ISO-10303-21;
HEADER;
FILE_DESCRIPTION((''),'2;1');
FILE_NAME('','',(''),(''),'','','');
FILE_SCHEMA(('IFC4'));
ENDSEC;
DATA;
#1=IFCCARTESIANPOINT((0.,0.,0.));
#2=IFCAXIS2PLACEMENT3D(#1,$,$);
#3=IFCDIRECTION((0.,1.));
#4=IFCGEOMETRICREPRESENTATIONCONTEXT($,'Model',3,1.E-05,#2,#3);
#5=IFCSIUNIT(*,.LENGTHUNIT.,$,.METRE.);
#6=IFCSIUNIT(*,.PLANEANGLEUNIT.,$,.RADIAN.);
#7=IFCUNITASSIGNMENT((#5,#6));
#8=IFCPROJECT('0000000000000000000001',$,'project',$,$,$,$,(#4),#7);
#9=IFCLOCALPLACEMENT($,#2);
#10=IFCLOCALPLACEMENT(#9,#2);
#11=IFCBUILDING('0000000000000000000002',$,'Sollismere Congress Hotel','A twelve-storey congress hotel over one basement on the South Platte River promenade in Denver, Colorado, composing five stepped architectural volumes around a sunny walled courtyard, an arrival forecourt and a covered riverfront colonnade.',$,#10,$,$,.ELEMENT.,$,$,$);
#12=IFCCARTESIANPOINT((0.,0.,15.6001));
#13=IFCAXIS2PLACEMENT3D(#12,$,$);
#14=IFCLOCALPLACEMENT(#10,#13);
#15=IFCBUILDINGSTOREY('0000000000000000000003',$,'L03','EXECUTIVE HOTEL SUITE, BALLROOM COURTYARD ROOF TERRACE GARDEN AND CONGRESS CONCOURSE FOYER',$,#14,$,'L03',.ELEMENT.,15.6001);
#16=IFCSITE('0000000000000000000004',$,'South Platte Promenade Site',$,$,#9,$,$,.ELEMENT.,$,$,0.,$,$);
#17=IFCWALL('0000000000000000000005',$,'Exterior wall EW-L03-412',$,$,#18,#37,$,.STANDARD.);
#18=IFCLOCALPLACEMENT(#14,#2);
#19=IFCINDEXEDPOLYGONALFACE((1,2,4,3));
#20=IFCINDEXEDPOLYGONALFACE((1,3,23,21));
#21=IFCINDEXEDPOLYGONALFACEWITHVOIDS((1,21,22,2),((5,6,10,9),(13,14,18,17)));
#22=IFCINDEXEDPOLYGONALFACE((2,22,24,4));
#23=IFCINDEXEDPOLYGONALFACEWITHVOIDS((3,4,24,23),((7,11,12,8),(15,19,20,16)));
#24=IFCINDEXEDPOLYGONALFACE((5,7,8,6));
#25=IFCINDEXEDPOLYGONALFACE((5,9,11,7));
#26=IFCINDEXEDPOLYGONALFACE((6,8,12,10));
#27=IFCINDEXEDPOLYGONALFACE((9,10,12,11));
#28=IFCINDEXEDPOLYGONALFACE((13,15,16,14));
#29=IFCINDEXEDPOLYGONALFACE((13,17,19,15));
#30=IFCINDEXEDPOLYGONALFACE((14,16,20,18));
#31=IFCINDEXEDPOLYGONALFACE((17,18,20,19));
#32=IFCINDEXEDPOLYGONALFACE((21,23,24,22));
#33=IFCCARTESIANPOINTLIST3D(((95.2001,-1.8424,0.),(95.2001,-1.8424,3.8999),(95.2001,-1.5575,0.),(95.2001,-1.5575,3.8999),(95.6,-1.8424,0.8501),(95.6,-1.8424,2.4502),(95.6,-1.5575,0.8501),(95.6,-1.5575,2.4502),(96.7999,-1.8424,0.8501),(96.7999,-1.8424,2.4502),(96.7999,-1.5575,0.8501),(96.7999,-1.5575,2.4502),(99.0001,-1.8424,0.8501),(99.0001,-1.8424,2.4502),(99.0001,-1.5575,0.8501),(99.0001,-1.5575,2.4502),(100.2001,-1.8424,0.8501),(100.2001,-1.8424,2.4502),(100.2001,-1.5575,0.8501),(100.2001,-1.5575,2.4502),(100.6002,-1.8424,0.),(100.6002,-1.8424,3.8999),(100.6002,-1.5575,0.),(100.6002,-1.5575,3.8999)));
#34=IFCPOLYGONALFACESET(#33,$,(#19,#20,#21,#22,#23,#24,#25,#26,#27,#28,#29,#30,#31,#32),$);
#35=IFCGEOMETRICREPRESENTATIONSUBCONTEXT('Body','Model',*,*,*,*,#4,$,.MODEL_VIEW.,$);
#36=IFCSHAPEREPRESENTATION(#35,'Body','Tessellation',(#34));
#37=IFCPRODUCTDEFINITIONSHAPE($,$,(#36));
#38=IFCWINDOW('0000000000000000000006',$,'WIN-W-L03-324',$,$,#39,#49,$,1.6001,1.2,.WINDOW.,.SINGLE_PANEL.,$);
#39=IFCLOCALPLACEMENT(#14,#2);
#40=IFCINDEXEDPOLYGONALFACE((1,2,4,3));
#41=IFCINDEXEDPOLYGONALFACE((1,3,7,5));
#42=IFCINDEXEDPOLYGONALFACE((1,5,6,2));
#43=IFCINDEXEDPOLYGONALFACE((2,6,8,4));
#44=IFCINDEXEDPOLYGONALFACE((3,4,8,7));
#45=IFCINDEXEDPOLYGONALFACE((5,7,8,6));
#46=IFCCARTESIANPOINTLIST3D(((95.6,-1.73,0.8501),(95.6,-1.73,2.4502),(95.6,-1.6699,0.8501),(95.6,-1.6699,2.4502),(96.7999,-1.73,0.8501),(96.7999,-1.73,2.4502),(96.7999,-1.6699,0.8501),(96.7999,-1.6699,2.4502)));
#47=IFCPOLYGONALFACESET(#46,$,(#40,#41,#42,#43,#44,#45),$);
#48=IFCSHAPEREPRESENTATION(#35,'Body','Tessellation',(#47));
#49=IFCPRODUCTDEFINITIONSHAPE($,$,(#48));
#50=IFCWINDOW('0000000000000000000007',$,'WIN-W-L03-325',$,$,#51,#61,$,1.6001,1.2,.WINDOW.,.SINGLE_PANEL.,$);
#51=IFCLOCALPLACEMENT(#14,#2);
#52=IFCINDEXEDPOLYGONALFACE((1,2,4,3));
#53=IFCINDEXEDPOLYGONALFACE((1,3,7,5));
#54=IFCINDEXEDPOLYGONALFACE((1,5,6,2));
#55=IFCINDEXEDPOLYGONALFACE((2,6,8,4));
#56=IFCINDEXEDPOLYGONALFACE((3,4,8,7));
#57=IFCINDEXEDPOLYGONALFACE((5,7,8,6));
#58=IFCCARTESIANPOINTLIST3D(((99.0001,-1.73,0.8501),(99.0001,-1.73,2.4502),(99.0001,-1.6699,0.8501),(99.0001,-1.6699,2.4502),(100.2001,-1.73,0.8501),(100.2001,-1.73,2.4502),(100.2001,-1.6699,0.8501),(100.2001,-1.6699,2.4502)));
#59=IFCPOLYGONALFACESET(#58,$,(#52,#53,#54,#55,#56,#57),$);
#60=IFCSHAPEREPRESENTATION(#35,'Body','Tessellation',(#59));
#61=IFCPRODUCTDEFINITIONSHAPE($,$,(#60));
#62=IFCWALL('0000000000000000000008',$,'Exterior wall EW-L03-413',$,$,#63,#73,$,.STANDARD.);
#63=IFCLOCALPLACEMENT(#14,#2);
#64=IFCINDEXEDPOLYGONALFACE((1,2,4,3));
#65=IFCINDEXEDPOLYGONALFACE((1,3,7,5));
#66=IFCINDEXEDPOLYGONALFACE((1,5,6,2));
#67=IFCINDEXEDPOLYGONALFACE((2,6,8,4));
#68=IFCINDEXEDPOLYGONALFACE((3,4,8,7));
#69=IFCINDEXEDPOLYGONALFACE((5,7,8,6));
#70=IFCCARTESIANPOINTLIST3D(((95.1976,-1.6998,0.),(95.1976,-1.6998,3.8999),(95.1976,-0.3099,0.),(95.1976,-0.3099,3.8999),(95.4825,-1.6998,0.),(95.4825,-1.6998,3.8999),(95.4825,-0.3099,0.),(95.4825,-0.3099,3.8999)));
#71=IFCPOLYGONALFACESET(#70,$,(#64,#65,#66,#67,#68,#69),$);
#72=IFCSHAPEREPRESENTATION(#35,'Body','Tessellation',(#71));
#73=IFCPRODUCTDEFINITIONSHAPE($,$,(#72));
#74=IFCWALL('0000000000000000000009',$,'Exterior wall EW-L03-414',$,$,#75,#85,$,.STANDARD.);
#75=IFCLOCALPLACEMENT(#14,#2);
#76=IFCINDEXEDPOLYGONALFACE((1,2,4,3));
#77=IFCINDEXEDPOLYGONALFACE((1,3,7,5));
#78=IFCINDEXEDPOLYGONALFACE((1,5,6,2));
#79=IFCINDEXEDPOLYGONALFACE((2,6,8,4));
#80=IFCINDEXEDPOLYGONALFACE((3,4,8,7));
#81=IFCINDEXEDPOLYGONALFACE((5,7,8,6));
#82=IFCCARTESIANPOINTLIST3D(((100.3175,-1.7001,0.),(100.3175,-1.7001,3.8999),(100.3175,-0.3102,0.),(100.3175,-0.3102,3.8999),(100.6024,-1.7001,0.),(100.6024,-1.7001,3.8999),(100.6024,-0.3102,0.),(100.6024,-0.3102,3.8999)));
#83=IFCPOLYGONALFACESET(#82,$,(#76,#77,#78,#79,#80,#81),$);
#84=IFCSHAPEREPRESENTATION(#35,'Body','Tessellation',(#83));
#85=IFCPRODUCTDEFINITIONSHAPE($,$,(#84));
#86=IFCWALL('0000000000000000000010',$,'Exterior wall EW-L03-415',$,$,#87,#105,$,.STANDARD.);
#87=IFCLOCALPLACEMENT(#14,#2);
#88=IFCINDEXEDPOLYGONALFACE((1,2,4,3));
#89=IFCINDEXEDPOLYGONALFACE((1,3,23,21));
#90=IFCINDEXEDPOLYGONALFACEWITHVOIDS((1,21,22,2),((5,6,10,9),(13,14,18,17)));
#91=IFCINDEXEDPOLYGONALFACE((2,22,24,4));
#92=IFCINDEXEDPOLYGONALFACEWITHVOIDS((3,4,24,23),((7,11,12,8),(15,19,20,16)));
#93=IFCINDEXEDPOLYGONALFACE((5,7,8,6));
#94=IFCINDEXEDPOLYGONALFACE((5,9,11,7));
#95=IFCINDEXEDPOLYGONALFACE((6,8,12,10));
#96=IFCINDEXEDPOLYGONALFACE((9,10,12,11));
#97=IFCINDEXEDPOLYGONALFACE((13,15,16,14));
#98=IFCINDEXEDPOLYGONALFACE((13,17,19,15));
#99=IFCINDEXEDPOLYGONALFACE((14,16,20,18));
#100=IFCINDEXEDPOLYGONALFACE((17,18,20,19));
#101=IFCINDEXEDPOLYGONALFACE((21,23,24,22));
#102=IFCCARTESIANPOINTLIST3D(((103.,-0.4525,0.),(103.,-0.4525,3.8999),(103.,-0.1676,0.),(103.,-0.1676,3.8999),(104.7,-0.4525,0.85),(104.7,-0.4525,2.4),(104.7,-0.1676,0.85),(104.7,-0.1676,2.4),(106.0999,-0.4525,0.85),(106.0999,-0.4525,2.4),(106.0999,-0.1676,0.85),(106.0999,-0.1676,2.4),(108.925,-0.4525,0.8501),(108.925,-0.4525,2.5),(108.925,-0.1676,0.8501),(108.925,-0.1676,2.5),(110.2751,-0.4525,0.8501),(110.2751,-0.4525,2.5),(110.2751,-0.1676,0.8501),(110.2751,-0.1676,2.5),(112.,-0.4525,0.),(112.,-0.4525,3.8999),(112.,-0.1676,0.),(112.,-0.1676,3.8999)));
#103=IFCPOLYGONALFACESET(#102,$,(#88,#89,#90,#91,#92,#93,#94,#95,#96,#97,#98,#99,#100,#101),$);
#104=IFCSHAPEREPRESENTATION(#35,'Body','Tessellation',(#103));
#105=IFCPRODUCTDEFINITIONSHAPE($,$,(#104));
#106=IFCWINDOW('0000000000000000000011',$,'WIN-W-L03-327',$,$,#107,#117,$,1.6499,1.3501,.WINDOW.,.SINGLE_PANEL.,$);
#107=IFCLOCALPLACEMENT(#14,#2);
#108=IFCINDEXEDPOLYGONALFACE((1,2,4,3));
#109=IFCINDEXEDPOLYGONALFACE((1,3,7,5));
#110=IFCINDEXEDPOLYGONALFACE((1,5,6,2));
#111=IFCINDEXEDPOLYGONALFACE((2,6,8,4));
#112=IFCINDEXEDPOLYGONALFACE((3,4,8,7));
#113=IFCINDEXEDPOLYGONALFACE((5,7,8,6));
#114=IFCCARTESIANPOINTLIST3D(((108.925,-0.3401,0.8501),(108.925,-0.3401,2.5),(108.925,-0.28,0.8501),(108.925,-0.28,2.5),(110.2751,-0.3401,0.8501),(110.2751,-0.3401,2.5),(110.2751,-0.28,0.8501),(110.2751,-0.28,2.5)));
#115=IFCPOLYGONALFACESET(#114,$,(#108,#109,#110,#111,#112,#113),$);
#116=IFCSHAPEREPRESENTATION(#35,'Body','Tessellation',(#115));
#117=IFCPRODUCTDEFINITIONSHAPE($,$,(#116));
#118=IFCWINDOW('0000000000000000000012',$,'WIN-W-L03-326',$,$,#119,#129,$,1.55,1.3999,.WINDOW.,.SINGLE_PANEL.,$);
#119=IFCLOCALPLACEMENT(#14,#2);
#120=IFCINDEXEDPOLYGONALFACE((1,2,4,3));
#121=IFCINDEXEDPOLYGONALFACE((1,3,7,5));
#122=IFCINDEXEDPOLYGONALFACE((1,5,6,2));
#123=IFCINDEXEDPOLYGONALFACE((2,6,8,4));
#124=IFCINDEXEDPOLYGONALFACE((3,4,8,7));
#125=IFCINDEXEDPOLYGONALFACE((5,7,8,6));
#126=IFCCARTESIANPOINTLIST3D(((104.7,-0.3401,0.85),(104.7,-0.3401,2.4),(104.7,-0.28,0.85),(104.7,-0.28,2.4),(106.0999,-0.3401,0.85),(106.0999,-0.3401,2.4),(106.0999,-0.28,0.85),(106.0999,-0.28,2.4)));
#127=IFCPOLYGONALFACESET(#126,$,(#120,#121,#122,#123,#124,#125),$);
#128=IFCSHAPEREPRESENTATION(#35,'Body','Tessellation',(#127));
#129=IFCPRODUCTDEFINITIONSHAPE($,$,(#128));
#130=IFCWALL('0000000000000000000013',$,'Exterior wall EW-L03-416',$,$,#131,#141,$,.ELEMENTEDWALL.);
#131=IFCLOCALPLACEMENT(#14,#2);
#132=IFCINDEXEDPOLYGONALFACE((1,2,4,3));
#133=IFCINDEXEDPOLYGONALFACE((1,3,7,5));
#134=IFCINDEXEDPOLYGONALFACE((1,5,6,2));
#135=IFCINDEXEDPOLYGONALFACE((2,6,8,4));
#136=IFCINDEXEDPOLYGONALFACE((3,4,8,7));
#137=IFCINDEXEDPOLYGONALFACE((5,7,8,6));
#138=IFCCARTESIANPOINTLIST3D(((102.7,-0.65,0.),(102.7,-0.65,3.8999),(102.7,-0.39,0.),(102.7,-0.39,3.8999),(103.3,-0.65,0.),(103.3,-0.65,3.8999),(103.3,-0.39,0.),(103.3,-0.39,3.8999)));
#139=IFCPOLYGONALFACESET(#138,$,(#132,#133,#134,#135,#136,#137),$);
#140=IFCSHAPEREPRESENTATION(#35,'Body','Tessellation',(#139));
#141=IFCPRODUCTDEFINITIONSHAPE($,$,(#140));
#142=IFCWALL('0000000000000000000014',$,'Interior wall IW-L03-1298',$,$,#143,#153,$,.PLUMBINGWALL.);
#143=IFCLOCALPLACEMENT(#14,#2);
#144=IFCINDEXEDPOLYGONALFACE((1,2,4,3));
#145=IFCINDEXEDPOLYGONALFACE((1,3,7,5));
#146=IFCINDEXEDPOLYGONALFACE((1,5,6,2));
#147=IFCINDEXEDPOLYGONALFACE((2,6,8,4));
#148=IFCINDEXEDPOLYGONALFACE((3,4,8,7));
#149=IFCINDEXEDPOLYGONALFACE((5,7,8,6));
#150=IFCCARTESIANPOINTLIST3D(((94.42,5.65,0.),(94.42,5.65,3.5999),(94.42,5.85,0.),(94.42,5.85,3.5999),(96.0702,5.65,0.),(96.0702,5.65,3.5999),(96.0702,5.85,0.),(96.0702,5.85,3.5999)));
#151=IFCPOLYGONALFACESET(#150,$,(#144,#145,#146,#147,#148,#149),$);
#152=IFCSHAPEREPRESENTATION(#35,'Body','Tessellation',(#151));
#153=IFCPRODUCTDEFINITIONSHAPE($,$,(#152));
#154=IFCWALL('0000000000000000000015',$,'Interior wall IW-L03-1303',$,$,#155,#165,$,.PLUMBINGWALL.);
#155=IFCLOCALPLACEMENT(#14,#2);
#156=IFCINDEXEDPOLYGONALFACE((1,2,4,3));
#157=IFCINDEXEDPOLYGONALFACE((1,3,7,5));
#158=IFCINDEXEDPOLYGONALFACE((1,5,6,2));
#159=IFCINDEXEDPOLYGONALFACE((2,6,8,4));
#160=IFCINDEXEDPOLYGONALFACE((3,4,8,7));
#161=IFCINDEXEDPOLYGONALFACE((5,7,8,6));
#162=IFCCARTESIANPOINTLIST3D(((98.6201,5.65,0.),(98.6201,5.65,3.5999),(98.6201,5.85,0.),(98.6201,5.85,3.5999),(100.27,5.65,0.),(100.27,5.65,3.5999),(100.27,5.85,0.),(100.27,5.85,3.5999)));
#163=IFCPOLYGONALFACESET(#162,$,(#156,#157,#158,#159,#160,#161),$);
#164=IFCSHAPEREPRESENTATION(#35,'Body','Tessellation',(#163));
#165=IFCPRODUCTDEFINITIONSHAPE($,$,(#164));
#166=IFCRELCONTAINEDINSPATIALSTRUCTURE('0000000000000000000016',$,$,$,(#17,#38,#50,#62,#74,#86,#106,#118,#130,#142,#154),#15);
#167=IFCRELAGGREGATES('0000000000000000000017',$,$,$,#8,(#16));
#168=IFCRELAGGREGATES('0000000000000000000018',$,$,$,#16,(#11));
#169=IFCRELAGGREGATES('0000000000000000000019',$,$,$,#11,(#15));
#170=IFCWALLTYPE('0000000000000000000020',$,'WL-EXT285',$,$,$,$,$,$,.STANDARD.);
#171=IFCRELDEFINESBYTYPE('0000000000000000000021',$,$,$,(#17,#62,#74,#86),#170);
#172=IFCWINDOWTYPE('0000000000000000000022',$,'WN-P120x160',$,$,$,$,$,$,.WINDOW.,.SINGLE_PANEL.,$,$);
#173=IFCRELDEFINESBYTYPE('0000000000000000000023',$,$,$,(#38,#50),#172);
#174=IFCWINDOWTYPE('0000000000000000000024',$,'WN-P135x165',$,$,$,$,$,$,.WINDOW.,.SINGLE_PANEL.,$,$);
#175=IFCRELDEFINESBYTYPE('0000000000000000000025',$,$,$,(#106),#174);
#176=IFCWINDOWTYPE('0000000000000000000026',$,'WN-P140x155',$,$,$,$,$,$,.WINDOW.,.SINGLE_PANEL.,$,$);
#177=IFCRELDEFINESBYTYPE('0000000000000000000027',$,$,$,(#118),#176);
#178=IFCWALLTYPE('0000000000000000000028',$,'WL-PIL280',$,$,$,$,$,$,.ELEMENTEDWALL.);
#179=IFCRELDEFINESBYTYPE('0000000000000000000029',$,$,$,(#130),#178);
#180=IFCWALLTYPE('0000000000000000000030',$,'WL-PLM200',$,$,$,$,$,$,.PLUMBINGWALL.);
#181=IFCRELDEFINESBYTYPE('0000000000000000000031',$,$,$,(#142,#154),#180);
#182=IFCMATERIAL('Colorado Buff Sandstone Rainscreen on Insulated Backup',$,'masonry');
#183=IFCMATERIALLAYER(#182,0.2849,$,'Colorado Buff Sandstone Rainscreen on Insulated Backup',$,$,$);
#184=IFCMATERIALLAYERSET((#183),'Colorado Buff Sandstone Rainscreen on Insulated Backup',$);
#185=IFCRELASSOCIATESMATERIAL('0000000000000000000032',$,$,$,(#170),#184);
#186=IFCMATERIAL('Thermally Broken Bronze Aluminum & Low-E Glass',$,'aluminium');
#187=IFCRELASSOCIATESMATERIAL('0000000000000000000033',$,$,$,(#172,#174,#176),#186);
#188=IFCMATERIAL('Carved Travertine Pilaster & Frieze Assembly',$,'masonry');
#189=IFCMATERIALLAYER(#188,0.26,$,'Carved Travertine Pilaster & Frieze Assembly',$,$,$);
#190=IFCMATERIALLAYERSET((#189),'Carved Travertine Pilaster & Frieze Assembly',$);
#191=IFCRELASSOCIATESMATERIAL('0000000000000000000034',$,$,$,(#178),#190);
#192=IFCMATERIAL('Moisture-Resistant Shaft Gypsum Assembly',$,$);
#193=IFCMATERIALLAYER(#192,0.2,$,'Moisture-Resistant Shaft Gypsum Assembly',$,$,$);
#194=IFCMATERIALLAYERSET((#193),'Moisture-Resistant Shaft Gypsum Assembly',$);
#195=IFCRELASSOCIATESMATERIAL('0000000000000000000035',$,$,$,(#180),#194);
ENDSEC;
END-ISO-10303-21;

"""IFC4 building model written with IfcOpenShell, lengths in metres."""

from ifc_helpers import new_model, si_unit, direction, frame, frame_2d, origin, place, context, subcontext, project, spatial, rectangle, extrude, material, layer, layer_set, type_object, element, fill, save


model = new_model("IFC4")

# Units and contexts
model_context = context("Model", 3, precision=1e-05, world=origin(), true_north=direction((0.0, 1.0)))
body_context = subcontext(model_context, "Body", "Model", "MODEL_VIEW")
ifc_project = project(units=[si_unit("LENGTHUNIT", "METRE"), si_unit("PLANEANGLEUNIT", "RADIAN")], contexts=[model_context])

# Site, building, storey
site_placement = place(None, origin())
site = spatial("IfcSite", under=ifc_project, at=site_placement, Name="South Platte Promenade Site", CompositionType="ELEMENT", RefElevation=0.0)
building_placement = place(site_placement, origin())
building = spatial("IfcBuilding", under=site, at=building_placement, Name="Sollismere Congress Hotel", Description="A twelve-storey congress hotel over one basement on the South Platte River promenade in Denver, Colorado, composing five stepped architectural volumes around a sunny walled courtyard, an arrival forecourt and a covered riverfront colonnade.", CompositionType="ELEMENT")
storey_placement = place(building_placement, frame((0.0, 0.0, 15.6001)))
storey = spatial("IfcBuildingStorey", under=building, at=storey_placement, Name="L03", Description="EXECUTIVE HOTEL SUITE, BALLROOM COURTYARD ROOF TERRACE GARDEN AND CONGRESS CONCOURSE FOYER", LongName="L03", CompositionType="ELEMENT", Elevation=15.6001)

# Shared definitions
ifc_material_1 = material(Name="Colorado Buff Sandstone Rainscreen on Insulated Backup", Category="masonry")
ifc_layer_1 = layer(ifc_material_1, 0.2849, Name="Colorado Buff Sandstone Rainscreen on Insulated Backup")
ifc_layer_set_1 = layer_set([ifc_layer_1], Name="Colorado Buff Sandstone Rainscreen on Insulated Backup")
wall_type_1 = type_object("IfcWallType", Name="WL-EXT285", PredefinedType="STANDARD", material=ifc_layer_set_1)
ifc_material_2 = material(Name="Thermally Broken Bronze Aluminum & Low-E Glass", Category="aluminium")

# Wall, openings, windows
wall_1_placement = place(storey_placement, frame((95.2, -1.7, 0.0), z_axis=(0.0, 0.0, 1.0), x_axis=(1.0, 0.0, 0.0)))
wall_1 = element("IfcWall", 1, at=wall_1_placement, inside=storey, type_object=wall_type_1, Name="Exterior wall EW-L03-412", PredefinedType="STANDARD", context=body_context, shape_type="SweptSolid", body=[
    extrude(rectangle(XDim=5.4001, YDim=0.2849, at=frame_2d((2.7002, 0.0))), origin(), (0.0, 0.0, 1.0), 3.8999),
])
opening_1_placement = place(wall_1_placement, frame((0.3999, 0.0, 0.8501)))
opening_1 = element("IfcOpeningElement", 2, at=opening_1_placement, cuts=wall_1, PredefinedType="OPENING", context=body_context, shape_type="SweptSolid", body=[
    extrude(rectangle(XDim=1.2, YDim=1.6001, at=frame_2d((0.6001, 0.8))), frame((0.0, 0.1523, 0.0), z_axis=(0.0, -1.0, 0.0), x_axis=(1.0, 0.0, 0.0)), (0.0, 0.0, 1.0), 0.3049),
])
opening_2_placement = place(wall_1_placement, frame((3.8, 0.0, 0.8501)))
opening_2 = element("IfcOpeningElement", 3, at=opening_2_placement, cuts=wall_1, PredefinedType="OPENING", context=body_context, shape_type="SweptSolid", body=[
    extrude(rectangle(XDim=1.2, YDim=1.6001, at=frame_2d((0.6001, 0.8))), frame((0.0, 0.1523, 0.0), z_axis=(0.0, -1.0, 0.0), x_axis=(1.0, 0.0, 0.0)), (0.0, 0.0, 1.0), 0.3049),
])
window_type_1 = type_object("IfcWindowType", Name="WN-P120x160", PartitioningType="SINGLE_PANEL", PredefinedType="WINDOW", material=ifc_material_2)
window_1_placement = place(opening_1_placement, origin())
window_1 = element("IfcWindow", 4, at=window_1_placement, inside=storey, type_object=window_type_1, Name="WIN-W-L03-324", OverallHeight=1.6001, OverallWidth=1.2, PartitioningType="SINGLE_PANEL", PredefinedType="WINDOW", context=body_context, shape_type="SweptSolid", body=[
    extrude(rectangle(XDim=1.2, YDim=1.6001, at=frame_2d((0.6001, 0.8))), frame((0.0, 0.03, 0.0), z_axis=(0.0, -1.0, 0.0), x_axis=(1.0, 0.0, 0.0)), (0.0, 0.0, 1.0), 0.0601),
])
fill(opening_1, window_1)
window_2_placement = place(opening_2_placement, origin())
window_2 = element("IfcWindow", 5, at=window_2_placement, inside=storey, type_object=window_type_1, Name="WIN-W-L03-325", OverallHeight=1.6001, OverallWidth=1.2, PartitioningType="SINGLE_PANEL", PredefinedType="WINDOW", context=body_context, shape_type="SweptSolid", body=[
    extrude(rectangle(XDim=1.2, YDim=1.6001, at=frame_2d((0.6001, 0.8))), frame((0.0, 0.03, 0.0), z_axis=(0.0, -1.0, 0.0), x_axis=(1.0, 0.0, 0.0)), (0.0, 0.0, 1.0), 0.0601),
])
fill(opening_2, window_2)

# Walls
for number, where, z_axis, x_axis, name in (
    (6, (95.3401, -0.3101, 0.0), (0.0, 0.0, 1.0), (0.0, -1.0, 0.0), "Exterior wall EW-L03-413"),
    (7, (100.46, -1.7, 0.0), (0.0, 0.0, 1.0), (0.0, 1.0, 0.0), "Exterior wall EW-L03-414"),
):
    element("IfcWall", number, at=place(storey_placement, frame(where, z_axis=z_axis, x_axis=x_axis)), inside=storey, type_object=wall_type_1, Name=name, PredefinedType="STANDARD", context=body_context, shape_type="SweptSolid", body=[
        extrude(rectangle(XDim=1.3899, YDim=0.2849, at=frame_2d((0.6948, 0.0))), origin(), (0.0, 0.0, 1.0), 3.8999),
    ])

# Wall, openings, windows
wall_2_placement = place(storey_placement, frame((103.0, -0.3101, 0.0), z_axis=(0.0, 0.0, 1.0), x_axis=(1.0, 0.0, 0.0)))
wall_2 = element("IfcWall", 8, at=wall_2_placement, inside=storey, type_object=wall_type_1, Name="Exterior wall EW-L03-415", PredefinedType="STANDARD", context=body_context, shape_type="SweptSolid", body=[
    extrude(rectangle(XDim=9.0, YDim=0.2849, at=frame_2d((4.5, 0.0))), origin(), (0.0, 0.0, 1.0), 3.8999),
])
opening_3_placement = place(wall_2_placement, frame((1.7, 0.0, 0.8501)))
opening_3 = element("IfcOpeningElement", 9, at=opening_3_placement, cuts=wall_2, PredefinedType="OPENING", context=body_context, shape_type="SweptSolid", body=[
    extrude(rectangle(XDim=1.3999, YDim=1.55, at=frame_2d((0.7, 0.7749))), frame((0.0, 0.1523, 0.0), z_axis=(0.0, -1.0, 0.0), x_axis=(1.0, 0.0, 0.0)), (0.0, 0.0, 1.0), 0.3049),
])
opening_4_placement = place(wall_2_placement, frame((5.925, 0.0, 0.8501)))
opening_4 = element("IfcOpeningElement", 10, at=opening_4_placement, cuts=wall_2, PredefinedType="OPENING", context=body_context, shape_type="SweptSolid", body=[
    extrude(rectangle(XDim=1.3501, YDim=1.6499, at=frame_2d((0.675, 0.825))), frame((0.0, 0.1523, 0.0), z_axis=(0.0, -1.0, 0.0), x_axis=(1.0, 0.0, 0.0)), (0.0, 0.0, 1.0), 0.3049),
])
window_type_2 = type_object("IfcWindowType", Name="WN-P135x165", PartitioningType="SINGLE_PANEL", PredefinedType="WINDOW", material=ifc_material_2)
window_3_placement = place(opening_4_placement, origin())
window_3 = element("IfcWindow", 11, at=window_3_placement, inside=storey, type_object=window_type_2, Name="WIN-W-L03-327", OverallHeight=1.6499, OverallWidth=1.3501, PartitioningType="SINGLE_PANEL", PredefinedType="WINDOW", context=body_context, shape_type="SweptSolid", body=[
    extrude(rectangle(XDim=1.3501, YDim=1.6499, at=frame_2d((0.675, 0.825))), frame((0.0, 0.03, 0.0), z_axis=(0.0, -1.0, 0.0), x_axis=(1.0, 0.0, 0.0)), (0.0, 0.0, 1.0), 0.0601),
])
fill(opening_4, window_3)
window_type_3 = type_object("IfcWindowType", Name="WN-P140x155", PartitioningType="SINGLE_PANEL", PredefinedType="WINDOW", material=ifc_material_2)
window_4_placement = place(opening_3_placement, origin())
window_4 = element("IfcWindow", 12, at=window_4_placement, inside=storey, type_object=window_type_3, Name="WIN-W-L03-326", OverallHeight=1.55, OverallWidth=1.3999, PartitioningType="SINGLE_PANEL", PredefinedType="WINDOW", context=body_context, shape_type="SweptSolid", body=[
    extrude(rectangle(XDim=1.3999, YDim=1.55, at=frame_2d((0.7, 0.7749))), frame((0.0, 0.03, 0.0), z_axis=(0.0, -1.0, 0.0), x_axis=(1.0, 0.0, 0.0)), (0.0, 0.0, 1.0), 0.0601),
])
fill(opening_3, window_4)

# Walls
ifc_material_3 = material(Name="Carved Travertine Pilaster & Frieze Assembly", Category="masonry")
ifc_layer_2 = layer(ifc_material_3, 0.26, Name="Carved Travertine Pilaster & Frieze Assembly")
ifc_layer_set_2 = layer_set([ifc_layer_2], Name="Carved Travertine Pilaster & Frieze Assembly")
wall_type_2 = type_object("IfcWallType", Name="WL-PIL280", PredefinedType="ELEMENTEDWALL", material=ifc_layer_set_2)
wall_3_placement = place(storey_placement, frame((102.7, -0.52, 0.0), z_axis=(0.0, 0.0, 1.0), x_axis=(1.0, 0.0, 0.0)))
element("IfcWall", 13, at=wall_3_placement, inside=storey, type_object=wall_type_2, Name="Exterior wall EW-L03-416", PredefinedType="ELEMENTEDWALL", context=body_context, shape_type="SweptSolid", body=[
    extrude(rectangle(XDim=0.6001, YDim=0.26, at=frame_2d((0.3, 0.0))), origin(), (0.0, 0.0, 1.0), 3.8999),
])
ifc_material_4 = material(Name="Moisture-Resistant Shaft Gypsum Assembly")
ifc_layer_3 = layer(ifc_material_4, 0.2, Name="Moisture-Resistant Shaft Gypsum Assembly")
ifc_layer_set_3 = layer_set([ifc_layer_3], Name="Moisture-Resistant Shaft Gypsum Assembly")
wall_type_3 = type_object("IfcWallType", Name="WL-PLM200", PredefinedType="PLUMBINGWALL", material=ifc_layer_set_3)
wall_4_placement = place(storey_placement, frame((94.4199, 5.75, 0.0), z_axis=(0.0, 0.0, 1.0), x_axis=(1.0, 0.0, 0.0)))
element("IfcWall", 14, at=wall_4_placement, inside=storey, type_object=wall_type_3, Name="Interior wall IW-L03-1298", PredefinedType="PLUMBINGWALL", context=body_context, shape_type="SweptSolid", body=[
    extrude(rectangle(XDim=1.6501, YDim=0.2, at=frame_2d((0.8252, 0.0))), origin(), (0.0, 0.0, 1.0), 3.5999),
])
wall_5_placement = place(storey_placement, frame((98.6201, 5.75, 0.0), z_axis=(0.0, 0.0, 1.0), x_axis=(1.0, 0.0, 0.0)))
element("IfcWall", 15, at=wall_5_placement, inside=storey, type_object=wall_type_3, Name="Interior wall IW-L03-1303", PredefinedType="PLUMBINGWALL", context=body_context, shape_type="SweptSolid", body=[
    extrude(rectangle(XDim=1.6499, YDim=0.2, at=frame_2d((0.825, 0.0))), origin(), (0.0, 0.0, 1.0), 3.5999),
])

save(model, "model.ifc")
